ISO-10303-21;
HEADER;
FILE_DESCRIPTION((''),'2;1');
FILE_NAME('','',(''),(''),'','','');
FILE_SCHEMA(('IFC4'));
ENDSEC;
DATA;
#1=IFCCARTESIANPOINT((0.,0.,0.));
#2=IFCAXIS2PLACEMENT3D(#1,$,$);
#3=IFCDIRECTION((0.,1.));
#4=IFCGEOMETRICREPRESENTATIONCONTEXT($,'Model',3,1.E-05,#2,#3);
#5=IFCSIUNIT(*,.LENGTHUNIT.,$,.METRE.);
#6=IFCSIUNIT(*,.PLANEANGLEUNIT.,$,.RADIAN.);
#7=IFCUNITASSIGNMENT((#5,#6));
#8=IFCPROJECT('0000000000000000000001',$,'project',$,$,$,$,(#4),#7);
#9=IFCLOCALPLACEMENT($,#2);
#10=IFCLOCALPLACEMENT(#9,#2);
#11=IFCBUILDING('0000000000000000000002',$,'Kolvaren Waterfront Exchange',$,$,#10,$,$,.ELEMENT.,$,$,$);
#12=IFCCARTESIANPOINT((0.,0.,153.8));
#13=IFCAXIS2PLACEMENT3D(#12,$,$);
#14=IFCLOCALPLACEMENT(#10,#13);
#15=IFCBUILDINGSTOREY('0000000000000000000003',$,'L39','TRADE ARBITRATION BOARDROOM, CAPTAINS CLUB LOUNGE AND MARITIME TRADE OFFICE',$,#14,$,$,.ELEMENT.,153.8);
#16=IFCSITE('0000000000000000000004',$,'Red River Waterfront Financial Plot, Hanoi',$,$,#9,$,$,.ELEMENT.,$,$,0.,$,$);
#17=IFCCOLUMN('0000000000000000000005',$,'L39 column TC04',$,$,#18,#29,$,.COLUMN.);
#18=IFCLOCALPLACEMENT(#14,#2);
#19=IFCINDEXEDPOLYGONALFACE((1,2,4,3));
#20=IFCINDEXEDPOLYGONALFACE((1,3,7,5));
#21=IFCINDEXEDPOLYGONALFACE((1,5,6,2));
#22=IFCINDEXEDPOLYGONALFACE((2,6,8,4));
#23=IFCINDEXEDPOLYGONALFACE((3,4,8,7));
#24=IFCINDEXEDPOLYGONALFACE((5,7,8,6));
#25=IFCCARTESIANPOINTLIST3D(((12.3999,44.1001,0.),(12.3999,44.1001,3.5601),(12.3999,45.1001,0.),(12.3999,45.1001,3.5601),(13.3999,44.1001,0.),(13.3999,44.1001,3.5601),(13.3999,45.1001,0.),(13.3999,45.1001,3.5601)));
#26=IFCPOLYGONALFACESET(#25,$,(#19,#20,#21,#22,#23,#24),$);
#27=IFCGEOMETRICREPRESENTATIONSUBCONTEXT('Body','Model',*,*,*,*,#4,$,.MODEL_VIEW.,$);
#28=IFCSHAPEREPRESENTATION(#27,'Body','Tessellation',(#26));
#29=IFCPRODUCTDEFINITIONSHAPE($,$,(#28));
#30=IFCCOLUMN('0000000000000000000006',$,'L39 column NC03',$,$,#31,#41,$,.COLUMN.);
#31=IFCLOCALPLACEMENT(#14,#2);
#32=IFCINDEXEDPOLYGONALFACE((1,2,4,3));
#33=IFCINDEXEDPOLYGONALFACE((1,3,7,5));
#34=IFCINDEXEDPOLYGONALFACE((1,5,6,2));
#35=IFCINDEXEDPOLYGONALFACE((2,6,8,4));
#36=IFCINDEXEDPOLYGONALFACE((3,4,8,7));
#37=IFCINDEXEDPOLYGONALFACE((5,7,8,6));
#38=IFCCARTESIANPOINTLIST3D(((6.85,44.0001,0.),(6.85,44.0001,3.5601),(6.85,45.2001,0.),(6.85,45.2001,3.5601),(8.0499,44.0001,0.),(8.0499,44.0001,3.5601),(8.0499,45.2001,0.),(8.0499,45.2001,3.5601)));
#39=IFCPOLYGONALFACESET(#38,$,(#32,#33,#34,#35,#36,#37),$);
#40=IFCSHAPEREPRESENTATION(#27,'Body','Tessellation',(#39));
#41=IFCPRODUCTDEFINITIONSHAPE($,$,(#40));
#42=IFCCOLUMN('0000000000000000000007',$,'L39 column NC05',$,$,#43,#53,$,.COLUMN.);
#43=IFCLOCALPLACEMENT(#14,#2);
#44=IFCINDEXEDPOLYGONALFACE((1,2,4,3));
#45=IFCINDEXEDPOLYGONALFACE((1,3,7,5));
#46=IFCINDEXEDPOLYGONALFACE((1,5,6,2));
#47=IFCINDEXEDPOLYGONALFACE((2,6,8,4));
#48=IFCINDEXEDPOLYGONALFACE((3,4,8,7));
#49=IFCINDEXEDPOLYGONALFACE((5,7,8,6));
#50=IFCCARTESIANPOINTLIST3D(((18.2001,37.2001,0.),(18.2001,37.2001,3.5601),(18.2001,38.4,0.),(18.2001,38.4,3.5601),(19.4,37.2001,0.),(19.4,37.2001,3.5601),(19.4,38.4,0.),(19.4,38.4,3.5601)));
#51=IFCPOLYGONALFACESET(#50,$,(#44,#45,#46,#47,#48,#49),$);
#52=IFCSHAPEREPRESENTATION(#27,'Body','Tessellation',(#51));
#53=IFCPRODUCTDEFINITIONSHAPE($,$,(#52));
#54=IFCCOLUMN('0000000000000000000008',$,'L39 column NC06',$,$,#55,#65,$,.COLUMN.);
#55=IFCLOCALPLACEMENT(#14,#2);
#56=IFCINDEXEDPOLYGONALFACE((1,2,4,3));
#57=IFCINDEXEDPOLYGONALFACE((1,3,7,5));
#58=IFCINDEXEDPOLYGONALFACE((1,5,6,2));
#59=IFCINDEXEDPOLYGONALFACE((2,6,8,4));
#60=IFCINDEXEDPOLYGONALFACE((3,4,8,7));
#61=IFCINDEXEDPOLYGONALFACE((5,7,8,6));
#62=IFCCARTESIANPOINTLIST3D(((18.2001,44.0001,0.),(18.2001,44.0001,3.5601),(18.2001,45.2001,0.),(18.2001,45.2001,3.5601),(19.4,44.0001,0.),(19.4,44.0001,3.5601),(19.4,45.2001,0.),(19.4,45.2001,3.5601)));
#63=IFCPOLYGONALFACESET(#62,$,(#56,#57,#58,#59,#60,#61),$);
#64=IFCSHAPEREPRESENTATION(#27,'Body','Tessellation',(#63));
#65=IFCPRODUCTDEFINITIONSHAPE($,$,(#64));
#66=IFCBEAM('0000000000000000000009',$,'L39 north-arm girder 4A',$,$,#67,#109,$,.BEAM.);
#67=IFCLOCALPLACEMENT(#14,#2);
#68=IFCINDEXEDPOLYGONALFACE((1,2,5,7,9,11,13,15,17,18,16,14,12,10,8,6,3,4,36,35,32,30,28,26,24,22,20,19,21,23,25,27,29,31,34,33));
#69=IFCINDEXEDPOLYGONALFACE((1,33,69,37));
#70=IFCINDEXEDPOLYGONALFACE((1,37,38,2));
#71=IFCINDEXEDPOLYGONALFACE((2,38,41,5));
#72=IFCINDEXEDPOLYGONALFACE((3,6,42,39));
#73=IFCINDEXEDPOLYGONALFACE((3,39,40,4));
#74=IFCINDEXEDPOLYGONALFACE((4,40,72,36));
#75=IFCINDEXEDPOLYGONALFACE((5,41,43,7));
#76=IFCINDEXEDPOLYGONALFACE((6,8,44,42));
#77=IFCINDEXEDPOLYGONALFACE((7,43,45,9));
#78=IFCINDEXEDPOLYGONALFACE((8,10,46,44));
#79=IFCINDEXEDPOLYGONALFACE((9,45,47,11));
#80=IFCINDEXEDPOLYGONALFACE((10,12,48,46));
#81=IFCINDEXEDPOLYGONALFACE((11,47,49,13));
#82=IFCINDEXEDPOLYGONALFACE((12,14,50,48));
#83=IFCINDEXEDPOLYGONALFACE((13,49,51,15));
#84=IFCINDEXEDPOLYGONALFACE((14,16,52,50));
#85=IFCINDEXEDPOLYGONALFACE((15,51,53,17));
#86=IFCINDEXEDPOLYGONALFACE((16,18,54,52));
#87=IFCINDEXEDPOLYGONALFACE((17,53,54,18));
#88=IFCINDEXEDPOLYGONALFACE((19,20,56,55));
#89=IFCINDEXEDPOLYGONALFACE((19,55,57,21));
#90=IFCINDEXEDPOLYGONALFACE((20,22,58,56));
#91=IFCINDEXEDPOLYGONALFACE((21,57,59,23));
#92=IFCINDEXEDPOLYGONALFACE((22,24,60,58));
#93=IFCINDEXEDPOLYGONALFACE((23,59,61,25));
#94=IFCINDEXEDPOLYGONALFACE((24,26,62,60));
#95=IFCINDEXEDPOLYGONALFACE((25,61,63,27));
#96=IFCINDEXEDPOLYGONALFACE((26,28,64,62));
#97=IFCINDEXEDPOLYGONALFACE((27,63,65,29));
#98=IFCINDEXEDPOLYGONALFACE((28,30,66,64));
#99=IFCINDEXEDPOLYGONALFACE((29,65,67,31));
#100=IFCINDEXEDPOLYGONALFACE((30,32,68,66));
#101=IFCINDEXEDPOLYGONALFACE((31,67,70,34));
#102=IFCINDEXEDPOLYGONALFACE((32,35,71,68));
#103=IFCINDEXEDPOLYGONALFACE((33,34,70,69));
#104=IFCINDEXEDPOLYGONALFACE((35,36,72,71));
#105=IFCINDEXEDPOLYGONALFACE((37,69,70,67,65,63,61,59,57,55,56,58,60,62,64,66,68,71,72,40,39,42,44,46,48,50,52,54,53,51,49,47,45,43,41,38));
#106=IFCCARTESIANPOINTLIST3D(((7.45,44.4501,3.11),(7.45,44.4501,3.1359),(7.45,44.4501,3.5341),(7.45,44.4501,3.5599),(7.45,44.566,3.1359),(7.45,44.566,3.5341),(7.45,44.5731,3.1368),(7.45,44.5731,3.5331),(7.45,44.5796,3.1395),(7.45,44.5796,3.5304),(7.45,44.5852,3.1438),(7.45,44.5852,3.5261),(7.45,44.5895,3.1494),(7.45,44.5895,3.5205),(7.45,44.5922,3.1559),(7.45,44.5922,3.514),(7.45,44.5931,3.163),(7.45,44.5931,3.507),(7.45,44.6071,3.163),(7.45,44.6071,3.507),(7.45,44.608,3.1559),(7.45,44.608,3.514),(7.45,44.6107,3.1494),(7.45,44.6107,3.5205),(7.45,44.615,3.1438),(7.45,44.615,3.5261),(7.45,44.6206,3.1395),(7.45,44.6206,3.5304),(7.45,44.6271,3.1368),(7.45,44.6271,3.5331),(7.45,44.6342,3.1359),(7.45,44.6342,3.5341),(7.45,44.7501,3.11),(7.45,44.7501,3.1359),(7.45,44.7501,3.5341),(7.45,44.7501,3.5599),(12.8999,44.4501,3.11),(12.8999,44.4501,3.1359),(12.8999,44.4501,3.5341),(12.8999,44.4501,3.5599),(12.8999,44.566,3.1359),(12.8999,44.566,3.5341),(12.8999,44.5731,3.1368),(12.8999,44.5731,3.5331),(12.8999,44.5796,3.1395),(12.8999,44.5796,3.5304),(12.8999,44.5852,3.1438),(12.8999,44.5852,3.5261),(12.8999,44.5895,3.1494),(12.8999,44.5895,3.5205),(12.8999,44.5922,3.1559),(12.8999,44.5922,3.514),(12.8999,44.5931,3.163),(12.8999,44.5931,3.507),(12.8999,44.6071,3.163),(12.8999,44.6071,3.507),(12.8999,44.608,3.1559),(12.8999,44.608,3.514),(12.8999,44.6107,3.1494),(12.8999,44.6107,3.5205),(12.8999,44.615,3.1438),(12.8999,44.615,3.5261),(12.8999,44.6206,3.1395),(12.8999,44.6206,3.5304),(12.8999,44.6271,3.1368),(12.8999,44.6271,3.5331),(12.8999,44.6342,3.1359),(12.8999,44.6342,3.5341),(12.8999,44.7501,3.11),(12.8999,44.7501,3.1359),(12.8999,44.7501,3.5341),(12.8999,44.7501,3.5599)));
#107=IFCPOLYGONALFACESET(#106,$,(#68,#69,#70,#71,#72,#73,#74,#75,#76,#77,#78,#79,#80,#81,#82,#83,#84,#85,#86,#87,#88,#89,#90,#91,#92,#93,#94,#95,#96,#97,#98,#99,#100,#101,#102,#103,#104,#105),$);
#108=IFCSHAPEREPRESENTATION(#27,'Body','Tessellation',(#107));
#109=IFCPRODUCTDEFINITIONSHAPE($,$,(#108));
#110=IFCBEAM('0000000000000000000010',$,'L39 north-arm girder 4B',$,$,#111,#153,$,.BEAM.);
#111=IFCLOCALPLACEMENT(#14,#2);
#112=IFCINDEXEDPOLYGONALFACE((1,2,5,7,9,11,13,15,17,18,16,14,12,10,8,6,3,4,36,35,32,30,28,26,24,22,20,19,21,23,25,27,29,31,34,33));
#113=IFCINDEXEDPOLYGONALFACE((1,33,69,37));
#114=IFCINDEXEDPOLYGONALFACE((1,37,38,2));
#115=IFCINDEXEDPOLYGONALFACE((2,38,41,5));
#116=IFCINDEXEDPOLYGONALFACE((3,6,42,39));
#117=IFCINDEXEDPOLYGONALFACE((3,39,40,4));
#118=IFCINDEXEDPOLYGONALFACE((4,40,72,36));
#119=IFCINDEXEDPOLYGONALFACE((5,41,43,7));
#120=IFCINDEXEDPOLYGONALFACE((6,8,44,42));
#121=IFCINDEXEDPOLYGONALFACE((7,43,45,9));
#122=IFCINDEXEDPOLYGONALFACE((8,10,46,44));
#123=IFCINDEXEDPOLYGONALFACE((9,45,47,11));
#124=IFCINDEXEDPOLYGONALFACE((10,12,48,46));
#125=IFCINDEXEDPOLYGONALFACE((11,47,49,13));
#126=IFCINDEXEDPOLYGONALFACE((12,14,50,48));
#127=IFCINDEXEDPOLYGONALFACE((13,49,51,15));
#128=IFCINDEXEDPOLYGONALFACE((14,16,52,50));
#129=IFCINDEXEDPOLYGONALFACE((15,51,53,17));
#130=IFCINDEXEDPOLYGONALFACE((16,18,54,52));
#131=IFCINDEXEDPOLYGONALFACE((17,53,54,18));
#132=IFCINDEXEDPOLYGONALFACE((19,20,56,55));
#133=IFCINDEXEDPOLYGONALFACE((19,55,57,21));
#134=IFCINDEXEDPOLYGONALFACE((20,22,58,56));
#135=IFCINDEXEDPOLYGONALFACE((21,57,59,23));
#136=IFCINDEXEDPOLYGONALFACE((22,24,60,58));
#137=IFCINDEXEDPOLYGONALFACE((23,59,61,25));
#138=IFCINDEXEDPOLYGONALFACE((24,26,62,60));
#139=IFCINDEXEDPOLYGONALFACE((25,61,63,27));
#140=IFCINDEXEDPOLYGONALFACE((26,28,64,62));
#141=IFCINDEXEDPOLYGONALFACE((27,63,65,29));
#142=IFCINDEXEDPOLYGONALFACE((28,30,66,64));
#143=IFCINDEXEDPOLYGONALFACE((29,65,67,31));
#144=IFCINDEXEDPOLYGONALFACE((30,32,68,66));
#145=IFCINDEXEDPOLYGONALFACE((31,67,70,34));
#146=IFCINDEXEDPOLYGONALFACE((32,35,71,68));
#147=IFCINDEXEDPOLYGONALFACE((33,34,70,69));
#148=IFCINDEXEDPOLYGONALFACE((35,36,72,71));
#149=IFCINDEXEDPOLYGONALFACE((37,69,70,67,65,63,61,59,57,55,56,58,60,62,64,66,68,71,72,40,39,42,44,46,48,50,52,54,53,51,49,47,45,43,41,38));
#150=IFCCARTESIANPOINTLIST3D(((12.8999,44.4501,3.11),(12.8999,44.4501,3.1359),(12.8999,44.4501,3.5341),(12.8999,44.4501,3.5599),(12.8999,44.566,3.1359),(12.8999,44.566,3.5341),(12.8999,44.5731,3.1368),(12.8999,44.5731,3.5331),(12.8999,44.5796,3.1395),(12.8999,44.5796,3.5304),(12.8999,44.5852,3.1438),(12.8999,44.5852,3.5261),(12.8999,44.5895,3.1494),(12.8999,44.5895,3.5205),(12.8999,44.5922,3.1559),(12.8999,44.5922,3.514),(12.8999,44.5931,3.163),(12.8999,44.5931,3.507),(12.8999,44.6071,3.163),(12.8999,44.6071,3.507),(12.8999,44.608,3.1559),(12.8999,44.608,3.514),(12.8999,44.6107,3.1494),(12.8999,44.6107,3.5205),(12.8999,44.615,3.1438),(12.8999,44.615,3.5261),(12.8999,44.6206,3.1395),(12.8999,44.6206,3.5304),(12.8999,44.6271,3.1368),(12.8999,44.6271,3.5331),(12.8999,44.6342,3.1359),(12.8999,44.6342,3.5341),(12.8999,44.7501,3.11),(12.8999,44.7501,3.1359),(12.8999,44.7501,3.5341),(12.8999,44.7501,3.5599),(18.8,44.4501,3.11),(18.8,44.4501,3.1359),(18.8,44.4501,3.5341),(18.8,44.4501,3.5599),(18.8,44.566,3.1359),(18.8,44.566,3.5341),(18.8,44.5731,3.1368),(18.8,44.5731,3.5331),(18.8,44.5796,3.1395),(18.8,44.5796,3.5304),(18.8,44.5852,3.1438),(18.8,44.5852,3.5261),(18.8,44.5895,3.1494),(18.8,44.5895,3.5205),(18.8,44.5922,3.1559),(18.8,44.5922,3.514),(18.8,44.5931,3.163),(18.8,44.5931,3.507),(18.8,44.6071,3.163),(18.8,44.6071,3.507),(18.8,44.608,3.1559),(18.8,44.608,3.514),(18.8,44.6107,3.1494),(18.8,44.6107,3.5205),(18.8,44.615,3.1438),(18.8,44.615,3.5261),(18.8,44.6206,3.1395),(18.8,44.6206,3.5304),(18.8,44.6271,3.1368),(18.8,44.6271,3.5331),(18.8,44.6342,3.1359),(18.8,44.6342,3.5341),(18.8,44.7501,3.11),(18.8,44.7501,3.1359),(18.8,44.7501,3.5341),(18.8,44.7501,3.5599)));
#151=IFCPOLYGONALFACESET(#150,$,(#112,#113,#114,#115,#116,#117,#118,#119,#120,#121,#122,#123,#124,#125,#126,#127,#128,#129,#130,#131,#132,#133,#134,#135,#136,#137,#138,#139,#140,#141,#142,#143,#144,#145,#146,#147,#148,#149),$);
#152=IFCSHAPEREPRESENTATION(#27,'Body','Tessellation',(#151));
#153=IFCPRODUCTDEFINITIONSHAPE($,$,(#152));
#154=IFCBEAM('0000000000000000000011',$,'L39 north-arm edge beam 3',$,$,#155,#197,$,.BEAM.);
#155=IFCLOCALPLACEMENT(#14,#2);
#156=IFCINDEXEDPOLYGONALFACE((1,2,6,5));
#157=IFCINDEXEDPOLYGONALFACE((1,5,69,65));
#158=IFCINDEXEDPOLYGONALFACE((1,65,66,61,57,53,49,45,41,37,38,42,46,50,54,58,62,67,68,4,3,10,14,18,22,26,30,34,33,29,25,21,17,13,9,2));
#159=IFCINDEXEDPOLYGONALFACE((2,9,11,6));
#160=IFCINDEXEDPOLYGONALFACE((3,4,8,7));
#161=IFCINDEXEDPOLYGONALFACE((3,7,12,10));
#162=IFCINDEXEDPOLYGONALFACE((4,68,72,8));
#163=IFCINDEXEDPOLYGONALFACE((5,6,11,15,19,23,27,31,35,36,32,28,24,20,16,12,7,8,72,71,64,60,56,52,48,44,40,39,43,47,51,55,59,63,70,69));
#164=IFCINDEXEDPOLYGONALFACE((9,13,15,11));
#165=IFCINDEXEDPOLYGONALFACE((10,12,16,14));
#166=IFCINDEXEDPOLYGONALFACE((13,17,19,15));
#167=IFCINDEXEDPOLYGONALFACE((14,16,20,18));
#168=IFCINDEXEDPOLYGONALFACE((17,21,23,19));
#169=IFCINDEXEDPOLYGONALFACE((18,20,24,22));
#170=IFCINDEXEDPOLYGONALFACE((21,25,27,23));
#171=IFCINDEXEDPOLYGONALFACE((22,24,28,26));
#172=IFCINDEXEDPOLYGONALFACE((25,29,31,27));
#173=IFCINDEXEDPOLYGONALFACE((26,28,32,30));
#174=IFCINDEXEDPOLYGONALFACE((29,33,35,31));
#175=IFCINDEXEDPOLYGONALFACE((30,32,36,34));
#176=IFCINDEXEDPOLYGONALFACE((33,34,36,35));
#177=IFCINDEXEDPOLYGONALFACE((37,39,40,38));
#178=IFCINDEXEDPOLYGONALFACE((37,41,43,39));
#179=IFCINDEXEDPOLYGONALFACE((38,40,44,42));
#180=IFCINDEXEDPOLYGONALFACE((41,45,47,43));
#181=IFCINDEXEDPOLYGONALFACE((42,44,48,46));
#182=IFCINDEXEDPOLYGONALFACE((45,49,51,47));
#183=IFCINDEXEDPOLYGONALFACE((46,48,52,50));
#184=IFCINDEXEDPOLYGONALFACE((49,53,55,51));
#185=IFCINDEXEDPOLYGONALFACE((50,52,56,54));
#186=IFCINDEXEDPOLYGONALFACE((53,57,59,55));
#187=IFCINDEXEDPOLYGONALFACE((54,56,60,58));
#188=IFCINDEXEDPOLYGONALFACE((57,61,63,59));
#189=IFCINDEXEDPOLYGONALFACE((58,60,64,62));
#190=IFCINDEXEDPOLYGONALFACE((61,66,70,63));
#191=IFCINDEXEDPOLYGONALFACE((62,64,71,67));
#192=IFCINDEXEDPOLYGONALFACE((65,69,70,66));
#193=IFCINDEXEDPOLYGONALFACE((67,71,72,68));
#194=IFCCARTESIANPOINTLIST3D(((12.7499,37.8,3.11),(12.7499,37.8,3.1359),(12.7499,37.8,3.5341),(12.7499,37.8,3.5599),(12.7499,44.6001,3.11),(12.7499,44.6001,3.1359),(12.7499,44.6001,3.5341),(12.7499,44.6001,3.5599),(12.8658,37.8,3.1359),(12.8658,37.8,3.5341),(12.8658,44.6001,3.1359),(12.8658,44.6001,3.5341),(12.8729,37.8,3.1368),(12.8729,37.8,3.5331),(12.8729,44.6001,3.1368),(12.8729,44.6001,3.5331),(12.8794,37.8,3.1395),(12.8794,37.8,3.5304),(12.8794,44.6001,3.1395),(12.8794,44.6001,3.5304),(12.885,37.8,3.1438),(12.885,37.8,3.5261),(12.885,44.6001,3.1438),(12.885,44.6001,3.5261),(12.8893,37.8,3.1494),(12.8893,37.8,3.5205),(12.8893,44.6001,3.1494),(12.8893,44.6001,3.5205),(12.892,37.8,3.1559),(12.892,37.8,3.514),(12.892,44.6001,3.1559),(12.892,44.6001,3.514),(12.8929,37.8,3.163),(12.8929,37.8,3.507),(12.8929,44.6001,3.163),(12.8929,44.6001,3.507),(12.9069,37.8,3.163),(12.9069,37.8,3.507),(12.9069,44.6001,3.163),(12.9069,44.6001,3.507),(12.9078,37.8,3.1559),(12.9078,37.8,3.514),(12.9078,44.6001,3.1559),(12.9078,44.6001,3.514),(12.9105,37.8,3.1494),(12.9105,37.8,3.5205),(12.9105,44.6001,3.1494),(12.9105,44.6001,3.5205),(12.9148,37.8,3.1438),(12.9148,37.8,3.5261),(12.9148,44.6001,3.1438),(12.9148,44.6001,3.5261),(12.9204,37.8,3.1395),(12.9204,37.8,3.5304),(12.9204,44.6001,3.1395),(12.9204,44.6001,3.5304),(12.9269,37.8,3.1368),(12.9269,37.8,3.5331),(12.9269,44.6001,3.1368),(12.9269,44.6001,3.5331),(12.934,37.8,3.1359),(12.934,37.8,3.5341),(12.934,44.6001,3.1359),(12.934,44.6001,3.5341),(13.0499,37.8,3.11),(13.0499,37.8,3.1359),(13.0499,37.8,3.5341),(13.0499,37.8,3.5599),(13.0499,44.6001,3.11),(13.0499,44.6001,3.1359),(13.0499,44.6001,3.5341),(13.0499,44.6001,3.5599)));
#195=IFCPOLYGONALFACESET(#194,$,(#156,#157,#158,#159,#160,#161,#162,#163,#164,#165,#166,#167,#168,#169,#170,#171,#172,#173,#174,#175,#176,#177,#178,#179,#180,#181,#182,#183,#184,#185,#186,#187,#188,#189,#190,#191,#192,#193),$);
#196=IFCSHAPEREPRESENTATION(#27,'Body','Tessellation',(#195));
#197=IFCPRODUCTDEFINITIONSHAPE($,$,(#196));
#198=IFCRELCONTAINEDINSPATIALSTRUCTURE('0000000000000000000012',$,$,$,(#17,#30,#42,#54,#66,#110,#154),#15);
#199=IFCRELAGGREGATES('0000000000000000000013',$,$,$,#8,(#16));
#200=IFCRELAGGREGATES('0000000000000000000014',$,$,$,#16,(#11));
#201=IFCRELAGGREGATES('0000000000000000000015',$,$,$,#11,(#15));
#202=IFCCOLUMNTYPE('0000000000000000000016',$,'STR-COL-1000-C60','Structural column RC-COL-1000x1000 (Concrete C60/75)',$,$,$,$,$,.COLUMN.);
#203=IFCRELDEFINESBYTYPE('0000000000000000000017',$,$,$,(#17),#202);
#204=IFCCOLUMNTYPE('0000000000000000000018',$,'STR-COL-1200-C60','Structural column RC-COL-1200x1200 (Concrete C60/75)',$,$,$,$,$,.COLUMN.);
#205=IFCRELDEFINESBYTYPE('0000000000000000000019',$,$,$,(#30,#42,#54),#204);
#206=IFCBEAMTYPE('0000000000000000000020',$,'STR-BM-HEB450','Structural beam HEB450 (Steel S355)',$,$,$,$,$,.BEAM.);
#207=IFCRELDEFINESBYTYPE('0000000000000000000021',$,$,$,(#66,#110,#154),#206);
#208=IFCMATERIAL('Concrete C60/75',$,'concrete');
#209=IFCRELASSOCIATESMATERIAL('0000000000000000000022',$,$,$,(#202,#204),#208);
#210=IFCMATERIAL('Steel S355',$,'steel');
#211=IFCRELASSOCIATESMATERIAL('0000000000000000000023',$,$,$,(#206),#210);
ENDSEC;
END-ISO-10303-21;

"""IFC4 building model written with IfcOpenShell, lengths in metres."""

from ifc_helpers import new_model, si_unit, direction, frame, origin, origin_2d, place, context, subcontext, project, spatial, rectangle, i_section, extrude, material, material_profile, profile_set, type_object, element, save


model = new_model("IFC4")

# Units and contexts
model_context = context("Model", 3, precision=1e-05, world=origin(), true_north=direction((0.0, 1.0)))
body_context = subcontext(model_context, "Body", "Model", "MODEL_VIEW")
ifc_project = project(units=[si_unit("LENGTHUNIT", "METRE"), si_unit("PLANEANGLEUNIT", "RADIAN")], contexts=[model_context])

# Site, building, storey
site_placement = place(None, origin())
site = spatial("IfcSite", under=ifc_project, at=site_placement, Name="Red River Waterfront Financial Plot, Hanoi", CompositionType="ELEMENT", RefElevation=0.0)
building_placement = place(site_placement, origin())
building = spatial("IfcBuilding", under=site, at=building_placement, Name="Kolvaren Waterfront Exchange", CompositionType="ELEMENT")
storey_placement = place(building_placement, frame((0.0, 0.0, 153.8)))
storey = spatial("IfcBuildingStorey", under=building, at=storey_placement, Name="L39", Description="TRADE ARBITRATION BOARDROOM, CAPTAINS CLUB LOUNGE AND MARITIME TRADE OFFICE", CompositionType="ELEMENT", Elevation=153.8)

# Columns
ifc_material_1 = material(Name="Concrete C60/75", Category="concrete")
ifc_material_profile_1 = material_profile(ifc_material_1, rectangle(XDim=1.0, YDim=1.0, at=origin_2d()), Name="RC-COL-1000x1000")
ifc_profile_set_1 = profile_set([ifc_material_profile_1], Name="Concrete C60/75")
column_type_1 = type_object("IfcColumnType", Name="STR-COL-1000-C60", Description="Structural column RC-COL-1000x1000 (Concrete C60/75)", PredefinedType="COLUMN", material=ifc_profile_set_1)
column_placement = place(storey_placement, frame((12.8999, 44.6001, 0.0), z_axis=(0.0, 0.0, 1.0), x_axis=(1.0, 0.0, 0.0)))
element("IfcColumn", 1, at=column_placement, inside=storey, type_object=column_type_1, Name="L39 column TC04", PredefinedType="COLUMN", context=body_context, shape_type="SweptSolid", body=[
    extrude(rectangle(XDim=1.0, YDim=1.0, at=origin_2d()), origin(), (0.0, 0.0, 1.0), 3.5601),
])
ifc_material_profile_2 = material_profile(ifc_material_1, rectangle(XDim=1.2, YDim=1.2, at=origin_2d()), Name="RC-COL-1200x1200")
ifc_profile_set_2 = profile_set([ifc_material_profile_2], Name="Concrete C60/75")
column_type_2 = type_object("IfcColumnType", Name="STR-COL-1200-C60", Description="Structural column RC-COL-1200x1200 (Concrete C60/75)", PredefinedType="COLUMN", material=ifc_profile_set_2)
for number, where, z_axis, x_axis, name in (
    (2, (7.45, 44.6001, 0.0), (0.0, 0.0, 1.0), (1.0, 0.0, 0.0), "L39 column NC03"),
    (3, (18.8, 37.8, 0.0), (0.0, 0.0, 1.0), (1.0, 0.0, 0.0), "L39 column NC05"),
    (4, (18.8, 44.6001, 0.0), (0.0, 0.0, 1.0), (1.0, 0.0, 0.0), "L39 column NC06"),
):
    element("IfcColumn", number, at=place(storey_placement, frame(where, z_axis=z_axis, x_axis=x_axis)), inside=storey, type_object=column_type_2, Name=name, PredefinedType="COLUMN", context=body_context, shape_type="SweptSolid", body=[
        extrude(rectangle(XDim=1.2, YDim=1.2, at=origin_2d()), origin(), (0.0, 0.0, 1.0), 3.5601),
    ])

# Beams
ifc_material_2 = material(Name="Steel S355", Category="steel")
ifc_material_profile_3 = material_profile(ifc_material_2, i_section(OverallWidth=0.3, OverallDepth=0.45, WebThickness=0.0139, FlangeThickness=0.0259, FilletRadius=0.0271, at=origin_2d()), Name="HEB450")
ifc_profile_set_3 = profile_set([ifc_material_profile_3], Name="Steel S355")
beam_type_1 = type_object("IfcBeamType", Name="STR-BM-HEB450", Description="Structural beam HEB450 (Steel S355)", PredefinedType="BEAM", material=ifc_profile_set_3)
beam_1_placement = place(storey_placement, frame((7.45, 44.6001, 3.335), z_axis=(1.0, 0.0, 0.0), x_axis=(0.0, 1.0, 0.0)))
element("IfcBeam", 5, at=beam_1_placement, inside=storey, type_object=beam_type_1, Name="L39 north-arm girder 4A", PredefinedType="BEAM", context=body_context, shape_type="SweptSolid", body=[
    extrude(i_section(OverallWidth=0.3, OverallDepth=0.45, WebThickness=0.0139, FlangeThickness=0.0259, FilletRadius=0.0271, at=origin_2d()), origin(), (0.0, 0.0, 1.0), 5.45),
])
beam_2_placement = place(storey_placement, frame((12.8999, 44.6001, 3.335), z_axis=(1.0, 0.0, 0.0), x_axis=(0.0, 1.0, 0.0)))
element("IfcBeam", 6, at=beam_2_placement, inside=storey, type_object=beam_type_1, Name="L39 north-arm girder 4B", PredefinedType="BEAM", context=body_context, shape_type="SweptSolid", body=[
    extrude(i_section(OverallWidth=0.3, OverallDepth=0.45, WebThickness=0.0139, FlangeThickness=0.0259, FilletRadius=0.0271, at=origin_2d()), origin(), (0.0, 0.0, 1.0), 5.9001),
])
beam_3_placement = place(storey_placement, frame((12.8999, 37.8, 3.335), z_axis=(0.0, 1.0, 0.0), x_axis=(-1.0, 0.0, 0.0)))
element("IfcBeam", 7, at=beam_3_placement, inside=storey, type_object=beam_type_1, Name="L39 north-arm edge beam 3", PredefinedType="BEAM", context=body_context, shape_type="SweptSolid", body=[
    extrude(i_section(OverallWidth=0.3, OverallDepth=0.45, WebThickness=0.0139, FlangeThickness=0.0259, FilletRadius=0.0271, at=origin_2d()), origin(), (0.0, 0.0, 1.0), 6.8),
])

save(model, "model.ifc")
